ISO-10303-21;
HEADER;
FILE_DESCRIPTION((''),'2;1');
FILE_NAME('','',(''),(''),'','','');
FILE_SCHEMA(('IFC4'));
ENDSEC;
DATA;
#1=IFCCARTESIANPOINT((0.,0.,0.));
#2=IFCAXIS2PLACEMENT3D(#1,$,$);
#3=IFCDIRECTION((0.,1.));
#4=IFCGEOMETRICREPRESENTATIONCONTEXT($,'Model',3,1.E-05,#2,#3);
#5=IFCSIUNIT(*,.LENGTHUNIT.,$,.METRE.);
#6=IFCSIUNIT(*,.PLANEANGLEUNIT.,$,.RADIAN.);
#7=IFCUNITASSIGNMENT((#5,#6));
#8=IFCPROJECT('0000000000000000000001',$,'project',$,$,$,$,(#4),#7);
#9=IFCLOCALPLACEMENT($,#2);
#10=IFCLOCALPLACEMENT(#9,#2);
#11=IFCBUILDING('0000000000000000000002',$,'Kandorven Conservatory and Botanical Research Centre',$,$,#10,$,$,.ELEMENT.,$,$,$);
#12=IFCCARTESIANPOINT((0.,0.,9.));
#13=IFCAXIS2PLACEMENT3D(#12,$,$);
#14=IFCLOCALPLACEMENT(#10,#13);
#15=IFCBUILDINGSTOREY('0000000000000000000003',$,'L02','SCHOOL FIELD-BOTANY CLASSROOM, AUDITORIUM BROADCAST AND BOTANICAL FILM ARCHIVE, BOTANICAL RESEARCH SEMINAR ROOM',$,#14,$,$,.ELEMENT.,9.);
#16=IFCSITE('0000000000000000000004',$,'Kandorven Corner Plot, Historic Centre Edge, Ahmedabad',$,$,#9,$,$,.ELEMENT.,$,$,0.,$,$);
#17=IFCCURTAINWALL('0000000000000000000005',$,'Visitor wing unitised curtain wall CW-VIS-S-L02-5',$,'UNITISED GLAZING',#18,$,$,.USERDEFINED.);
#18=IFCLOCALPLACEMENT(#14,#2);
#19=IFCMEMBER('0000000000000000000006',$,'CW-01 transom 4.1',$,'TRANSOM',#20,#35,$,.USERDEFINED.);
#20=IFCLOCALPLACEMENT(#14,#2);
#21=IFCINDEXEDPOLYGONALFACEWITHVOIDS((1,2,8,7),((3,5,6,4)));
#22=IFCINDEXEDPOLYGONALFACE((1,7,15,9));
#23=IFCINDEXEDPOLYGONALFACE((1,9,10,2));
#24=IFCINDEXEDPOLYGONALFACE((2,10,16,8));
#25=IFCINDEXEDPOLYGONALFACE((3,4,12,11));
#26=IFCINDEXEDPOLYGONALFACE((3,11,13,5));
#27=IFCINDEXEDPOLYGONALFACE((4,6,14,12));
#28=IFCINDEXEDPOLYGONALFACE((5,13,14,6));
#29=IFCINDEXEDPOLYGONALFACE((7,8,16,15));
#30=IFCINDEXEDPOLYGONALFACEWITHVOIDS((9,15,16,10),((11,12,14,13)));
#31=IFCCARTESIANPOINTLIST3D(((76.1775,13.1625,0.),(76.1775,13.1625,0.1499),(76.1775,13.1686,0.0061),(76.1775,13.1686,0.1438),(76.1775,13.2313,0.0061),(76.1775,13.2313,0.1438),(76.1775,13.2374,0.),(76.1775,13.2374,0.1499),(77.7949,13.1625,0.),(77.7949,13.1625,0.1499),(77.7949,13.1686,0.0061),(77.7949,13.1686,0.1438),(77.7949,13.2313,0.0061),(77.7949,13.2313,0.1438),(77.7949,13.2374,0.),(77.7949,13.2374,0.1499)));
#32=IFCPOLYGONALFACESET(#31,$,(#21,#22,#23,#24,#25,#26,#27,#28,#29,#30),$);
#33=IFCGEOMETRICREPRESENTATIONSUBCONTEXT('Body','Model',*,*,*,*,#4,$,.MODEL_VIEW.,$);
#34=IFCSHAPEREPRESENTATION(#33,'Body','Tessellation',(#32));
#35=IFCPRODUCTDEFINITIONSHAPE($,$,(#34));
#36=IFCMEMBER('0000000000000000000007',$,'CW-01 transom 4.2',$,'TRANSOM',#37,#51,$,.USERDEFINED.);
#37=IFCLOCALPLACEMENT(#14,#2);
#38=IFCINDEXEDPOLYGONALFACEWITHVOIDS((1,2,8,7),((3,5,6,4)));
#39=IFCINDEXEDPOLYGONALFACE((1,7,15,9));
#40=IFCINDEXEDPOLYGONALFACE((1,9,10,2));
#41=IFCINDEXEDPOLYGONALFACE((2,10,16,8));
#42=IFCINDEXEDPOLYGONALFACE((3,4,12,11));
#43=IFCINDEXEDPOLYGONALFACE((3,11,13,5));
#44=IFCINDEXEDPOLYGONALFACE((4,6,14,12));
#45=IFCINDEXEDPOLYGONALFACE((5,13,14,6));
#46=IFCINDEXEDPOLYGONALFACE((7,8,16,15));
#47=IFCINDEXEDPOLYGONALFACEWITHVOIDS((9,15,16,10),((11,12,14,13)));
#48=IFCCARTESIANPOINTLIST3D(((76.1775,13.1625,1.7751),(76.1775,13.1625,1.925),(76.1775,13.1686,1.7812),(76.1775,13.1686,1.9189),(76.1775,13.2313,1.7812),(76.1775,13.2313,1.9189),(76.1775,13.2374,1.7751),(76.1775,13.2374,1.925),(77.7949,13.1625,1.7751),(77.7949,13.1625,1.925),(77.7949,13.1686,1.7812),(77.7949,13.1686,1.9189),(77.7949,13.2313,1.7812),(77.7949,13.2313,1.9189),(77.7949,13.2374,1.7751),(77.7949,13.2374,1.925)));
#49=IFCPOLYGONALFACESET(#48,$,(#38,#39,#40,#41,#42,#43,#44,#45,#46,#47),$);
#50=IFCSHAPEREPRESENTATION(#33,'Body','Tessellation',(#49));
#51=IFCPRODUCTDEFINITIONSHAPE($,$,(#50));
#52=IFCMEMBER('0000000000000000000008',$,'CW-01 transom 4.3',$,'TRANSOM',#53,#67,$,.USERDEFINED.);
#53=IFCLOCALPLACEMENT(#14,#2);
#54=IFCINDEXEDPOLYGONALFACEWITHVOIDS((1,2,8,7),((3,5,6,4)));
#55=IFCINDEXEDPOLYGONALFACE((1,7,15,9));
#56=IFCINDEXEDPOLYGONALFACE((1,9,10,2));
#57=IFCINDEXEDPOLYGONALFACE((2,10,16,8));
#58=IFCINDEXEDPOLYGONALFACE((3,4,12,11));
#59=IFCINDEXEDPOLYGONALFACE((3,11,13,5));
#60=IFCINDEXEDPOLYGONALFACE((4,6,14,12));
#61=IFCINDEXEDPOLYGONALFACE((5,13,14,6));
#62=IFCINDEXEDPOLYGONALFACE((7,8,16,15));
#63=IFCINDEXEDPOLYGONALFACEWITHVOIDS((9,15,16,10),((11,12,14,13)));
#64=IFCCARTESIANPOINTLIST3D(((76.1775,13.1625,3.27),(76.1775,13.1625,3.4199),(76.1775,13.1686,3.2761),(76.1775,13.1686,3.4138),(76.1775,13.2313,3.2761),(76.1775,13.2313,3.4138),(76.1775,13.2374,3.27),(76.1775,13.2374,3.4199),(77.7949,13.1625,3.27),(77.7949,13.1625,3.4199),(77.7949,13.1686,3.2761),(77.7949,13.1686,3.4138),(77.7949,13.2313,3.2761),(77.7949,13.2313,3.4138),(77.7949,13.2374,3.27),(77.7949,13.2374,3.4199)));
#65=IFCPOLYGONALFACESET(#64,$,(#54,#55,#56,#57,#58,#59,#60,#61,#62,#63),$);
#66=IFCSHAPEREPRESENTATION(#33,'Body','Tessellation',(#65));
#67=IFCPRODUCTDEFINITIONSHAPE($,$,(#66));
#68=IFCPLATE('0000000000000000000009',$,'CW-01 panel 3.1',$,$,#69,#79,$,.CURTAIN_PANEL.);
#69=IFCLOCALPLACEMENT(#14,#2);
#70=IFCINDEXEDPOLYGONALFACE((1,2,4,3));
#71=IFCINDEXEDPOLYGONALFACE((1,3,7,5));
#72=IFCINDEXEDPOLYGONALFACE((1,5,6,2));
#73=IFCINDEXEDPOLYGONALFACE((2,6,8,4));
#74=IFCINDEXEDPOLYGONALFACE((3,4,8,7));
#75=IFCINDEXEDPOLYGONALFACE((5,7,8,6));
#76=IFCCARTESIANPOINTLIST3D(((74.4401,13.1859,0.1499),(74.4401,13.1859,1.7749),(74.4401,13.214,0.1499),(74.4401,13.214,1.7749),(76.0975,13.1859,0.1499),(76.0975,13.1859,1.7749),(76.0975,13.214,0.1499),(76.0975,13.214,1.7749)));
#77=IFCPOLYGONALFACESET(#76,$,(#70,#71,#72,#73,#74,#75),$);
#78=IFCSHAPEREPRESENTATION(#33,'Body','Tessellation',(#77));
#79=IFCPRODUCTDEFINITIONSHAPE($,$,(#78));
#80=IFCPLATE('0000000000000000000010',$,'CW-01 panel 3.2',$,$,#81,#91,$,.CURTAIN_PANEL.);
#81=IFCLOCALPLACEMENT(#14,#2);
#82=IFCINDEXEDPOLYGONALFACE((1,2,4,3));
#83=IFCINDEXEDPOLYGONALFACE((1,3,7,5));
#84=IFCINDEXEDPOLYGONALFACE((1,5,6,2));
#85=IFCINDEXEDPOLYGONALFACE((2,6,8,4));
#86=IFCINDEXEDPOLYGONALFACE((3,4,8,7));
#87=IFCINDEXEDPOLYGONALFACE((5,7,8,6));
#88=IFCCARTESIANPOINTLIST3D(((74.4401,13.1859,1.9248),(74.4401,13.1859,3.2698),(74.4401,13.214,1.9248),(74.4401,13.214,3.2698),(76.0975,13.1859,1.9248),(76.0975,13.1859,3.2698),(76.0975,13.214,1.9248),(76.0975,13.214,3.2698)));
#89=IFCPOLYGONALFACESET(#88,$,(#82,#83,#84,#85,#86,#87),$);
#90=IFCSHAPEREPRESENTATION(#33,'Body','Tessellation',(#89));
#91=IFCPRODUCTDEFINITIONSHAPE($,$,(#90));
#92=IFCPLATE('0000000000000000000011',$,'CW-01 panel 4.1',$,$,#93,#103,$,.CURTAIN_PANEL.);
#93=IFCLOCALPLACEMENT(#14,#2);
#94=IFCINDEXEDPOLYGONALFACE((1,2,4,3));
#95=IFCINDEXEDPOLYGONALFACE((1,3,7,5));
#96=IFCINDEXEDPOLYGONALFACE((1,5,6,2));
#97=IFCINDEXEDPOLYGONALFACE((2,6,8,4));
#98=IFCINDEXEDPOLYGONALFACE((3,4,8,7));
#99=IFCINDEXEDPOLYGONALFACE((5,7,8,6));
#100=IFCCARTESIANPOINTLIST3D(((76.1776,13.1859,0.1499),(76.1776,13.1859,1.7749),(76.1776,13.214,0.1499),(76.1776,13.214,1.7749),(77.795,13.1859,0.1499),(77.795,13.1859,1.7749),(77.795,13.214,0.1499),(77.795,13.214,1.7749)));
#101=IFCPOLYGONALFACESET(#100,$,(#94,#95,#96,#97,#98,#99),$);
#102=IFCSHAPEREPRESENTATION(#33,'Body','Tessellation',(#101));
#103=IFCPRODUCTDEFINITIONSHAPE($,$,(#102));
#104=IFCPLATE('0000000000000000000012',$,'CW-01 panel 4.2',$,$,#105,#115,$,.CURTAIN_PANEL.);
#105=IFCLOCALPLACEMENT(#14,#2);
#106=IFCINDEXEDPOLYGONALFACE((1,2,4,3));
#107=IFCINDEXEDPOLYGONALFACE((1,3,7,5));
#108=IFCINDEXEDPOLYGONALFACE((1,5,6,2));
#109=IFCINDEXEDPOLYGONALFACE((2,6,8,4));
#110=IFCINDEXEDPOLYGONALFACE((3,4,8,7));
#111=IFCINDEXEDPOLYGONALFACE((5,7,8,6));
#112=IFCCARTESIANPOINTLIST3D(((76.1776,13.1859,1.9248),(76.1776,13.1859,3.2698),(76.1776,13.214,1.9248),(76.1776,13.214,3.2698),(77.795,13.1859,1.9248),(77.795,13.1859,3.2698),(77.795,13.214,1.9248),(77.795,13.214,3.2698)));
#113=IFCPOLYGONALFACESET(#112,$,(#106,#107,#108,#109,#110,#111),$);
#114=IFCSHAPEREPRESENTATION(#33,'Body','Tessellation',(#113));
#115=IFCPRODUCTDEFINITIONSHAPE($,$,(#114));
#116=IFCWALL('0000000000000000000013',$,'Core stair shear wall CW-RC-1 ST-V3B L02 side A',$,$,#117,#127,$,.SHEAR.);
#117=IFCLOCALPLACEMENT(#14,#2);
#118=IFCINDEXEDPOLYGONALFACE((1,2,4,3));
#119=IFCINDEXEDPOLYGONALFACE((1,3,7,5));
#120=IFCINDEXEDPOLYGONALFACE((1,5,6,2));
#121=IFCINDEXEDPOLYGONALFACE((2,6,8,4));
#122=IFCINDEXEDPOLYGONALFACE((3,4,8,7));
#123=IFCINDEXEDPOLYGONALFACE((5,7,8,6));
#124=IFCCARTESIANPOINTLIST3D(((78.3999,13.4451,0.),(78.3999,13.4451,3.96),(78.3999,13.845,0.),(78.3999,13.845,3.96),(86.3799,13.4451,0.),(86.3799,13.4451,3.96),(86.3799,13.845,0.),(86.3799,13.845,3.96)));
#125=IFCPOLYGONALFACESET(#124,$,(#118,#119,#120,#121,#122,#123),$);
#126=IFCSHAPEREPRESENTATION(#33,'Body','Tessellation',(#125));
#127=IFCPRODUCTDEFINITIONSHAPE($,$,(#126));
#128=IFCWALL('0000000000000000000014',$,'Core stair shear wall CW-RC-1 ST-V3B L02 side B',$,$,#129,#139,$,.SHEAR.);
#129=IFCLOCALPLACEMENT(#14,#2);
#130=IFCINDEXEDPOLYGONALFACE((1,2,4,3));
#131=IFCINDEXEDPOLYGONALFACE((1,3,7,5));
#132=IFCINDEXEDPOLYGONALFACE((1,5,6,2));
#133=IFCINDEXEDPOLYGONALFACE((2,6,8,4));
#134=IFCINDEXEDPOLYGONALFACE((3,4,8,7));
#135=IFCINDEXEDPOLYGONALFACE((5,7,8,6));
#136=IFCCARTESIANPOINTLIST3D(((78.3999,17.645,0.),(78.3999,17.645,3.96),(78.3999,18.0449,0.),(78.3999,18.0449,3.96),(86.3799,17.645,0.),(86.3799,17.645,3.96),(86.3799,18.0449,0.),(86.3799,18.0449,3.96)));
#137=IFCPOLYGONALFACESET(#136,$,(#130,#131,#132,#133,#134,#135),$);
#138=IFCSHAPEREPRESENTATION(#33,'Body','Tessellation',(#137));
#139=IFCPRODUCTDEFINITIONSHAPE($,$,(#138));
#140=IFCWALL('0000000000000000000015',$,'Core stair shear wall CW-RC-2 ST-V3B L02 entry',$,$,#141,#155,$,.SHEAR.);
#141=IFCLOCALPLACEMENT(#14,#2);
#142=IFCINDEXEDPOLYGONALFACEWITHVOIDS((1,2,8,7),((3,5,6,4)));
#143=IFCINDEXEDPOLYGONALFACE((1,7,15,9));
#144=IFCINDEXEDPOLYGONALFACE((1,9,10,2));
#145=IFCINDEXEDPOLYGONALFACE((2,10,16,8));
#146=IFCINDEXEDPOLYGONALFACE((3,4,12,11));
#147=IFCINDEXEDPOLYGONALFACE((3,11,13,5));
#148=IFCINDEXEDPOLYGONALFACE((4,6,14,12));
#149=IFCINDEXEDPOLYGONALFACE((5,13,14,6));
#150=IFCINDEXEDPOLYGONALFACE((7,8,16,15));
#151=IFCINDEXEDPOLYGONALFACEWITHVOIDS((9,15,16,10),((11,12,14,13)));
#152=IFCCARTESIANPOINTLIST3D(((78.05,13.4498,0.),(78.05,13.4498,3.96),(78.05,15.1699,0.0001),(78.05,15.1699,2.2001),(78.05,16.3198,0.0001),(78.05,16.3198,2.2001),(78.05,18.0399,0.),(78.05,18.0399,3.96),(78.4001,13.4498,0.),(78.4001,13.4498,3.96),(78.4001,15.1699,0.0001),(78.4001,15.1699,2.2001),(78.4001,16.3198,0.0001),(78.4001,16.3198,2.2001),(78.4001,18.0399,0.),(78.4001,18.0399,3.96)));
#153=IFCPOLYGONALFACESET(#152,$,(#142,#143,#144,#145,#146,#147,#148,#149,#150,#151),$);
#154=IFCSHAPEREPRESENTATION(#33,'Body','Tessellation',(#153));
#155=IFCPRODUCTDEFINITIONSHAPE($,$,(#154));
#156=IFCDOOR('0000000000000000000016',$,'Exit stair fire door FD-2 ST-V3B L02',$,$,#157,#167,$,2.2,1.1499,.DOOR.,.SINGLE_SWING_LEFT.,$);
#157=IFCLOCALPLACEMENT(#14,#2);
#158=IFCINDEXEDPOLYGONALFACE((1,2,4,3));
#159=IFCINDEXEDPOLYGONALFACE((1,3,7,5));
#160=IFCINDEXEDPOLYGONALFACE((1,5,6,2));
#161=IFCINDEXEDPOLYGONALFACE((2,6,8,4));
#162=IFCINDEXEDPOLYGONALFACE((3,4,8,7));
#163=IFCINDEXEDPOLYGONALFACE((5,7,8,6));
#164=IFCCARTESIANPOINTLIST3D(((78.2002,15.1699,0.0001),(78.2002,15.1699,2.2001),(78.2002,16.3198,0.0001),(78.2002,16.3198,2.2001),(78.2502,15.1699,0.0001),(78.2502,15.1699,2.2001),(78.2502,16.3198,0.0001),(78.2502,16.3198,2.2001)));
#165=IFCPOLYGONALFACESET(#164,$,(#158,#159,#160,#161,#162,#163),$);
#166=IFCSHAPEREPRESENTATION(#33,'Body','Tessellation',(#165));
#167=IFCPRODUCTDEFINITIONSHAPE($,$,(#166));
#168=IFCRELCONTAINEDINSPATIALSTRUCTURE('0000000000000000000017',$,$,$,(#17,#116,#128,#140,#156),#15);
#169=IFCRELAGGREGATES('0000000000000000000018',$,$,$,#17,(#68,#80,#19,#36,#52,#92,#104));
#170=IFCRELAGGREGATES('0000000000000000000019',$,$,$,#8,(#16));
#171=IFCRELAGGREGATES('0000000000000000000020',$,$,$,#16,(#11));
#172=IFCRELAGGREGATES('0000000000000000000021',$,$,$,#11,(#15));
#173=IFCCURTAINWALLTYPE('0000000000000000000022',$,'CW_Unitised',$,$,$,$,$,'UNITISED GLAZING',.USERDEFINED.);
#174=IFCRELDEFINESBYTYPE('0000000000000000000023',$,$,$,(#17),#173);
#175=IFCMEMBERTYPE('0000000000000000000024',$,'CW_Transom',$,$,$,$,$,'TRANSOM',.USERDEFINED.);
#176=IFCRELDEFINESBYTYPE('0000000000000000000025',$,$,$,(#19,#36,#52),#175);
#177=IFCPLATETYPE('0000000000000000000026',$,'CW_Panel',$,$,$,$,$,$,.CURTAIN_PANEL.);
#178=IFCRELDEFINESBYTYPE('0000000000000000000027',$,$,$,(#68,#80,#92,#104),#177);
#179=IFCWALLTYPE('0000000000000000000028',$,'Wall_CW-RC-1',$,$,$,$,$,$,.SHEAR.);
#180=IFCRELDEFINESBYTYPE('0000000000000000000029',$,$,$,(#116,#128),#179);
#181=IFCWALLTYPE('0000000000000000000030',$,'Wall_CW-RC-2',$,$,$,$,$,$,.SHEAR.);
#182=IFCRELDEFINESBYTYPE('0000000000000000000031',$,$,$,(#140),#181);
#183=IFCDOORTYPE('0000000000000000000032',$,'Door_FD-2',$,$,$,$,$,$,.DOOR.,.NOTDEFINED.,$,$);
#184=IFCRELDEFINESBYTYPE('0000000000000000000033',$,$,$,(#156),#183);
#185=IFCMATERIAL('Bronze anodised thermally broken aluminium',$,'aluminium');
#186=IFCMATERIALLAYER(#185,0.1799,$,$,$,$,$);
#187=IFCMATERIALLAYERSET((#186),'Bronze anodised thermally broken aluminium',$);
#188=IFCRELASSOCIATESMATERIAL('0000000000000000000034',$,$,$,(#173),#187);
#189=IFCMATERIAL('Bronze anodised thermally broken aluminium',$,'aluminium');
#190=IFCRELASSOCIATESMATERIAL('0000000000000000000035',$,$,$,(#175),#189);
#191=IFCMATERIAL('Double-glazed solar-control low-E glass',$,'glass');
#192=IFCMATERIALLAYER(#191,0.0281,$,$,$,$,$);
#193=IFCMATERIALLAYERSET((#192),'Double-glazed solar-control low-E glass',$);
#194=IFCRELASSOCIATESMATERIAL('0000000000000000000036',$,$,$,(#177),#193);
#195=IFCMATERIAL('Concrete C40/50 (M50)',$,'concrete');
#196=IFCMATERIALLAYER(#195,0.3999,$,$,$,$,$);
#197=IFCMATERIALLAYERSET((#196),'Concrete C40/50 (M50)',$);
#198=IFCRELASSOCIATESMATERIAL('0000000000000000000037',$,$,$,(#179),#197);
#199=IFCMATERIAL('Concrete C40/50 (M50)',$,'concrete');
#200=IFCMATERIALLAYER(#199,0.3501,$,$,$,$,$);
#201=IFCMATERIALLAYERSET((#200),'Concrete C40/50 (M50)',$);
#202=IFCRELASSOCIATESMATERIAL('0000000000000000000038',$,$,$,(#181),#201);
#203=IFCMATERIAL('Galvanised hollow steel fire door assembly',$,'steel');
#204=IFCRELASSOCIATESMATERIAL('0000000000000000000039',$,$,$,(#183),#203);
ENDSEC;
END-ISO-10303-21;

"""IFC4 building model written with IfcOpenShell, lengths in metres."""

from ifc_helpers import new_model, si_unit, direction, frame, frame_2d, origin, origin_2d, place, context, subcontext, project, spatial, rectangle, hollow_rectangle, extrude, material, layer, layer_set, material_profile, profile_set, type_object, element, fill, aggregate, save


model = new_model("IFC4")

# Units and contexts
model_context = context("Model", 3, precision=1e-05, world=origin(), true_north=direction((0.0, 1.0)))
body_context = subcontext(model_context, "Body", "Model", "MODEL_VIEW")
ifc_project = project(units=[si_unit("LENGTHUNIT", "METRE"), si_unit("PLANEANGLEUNIT", "RADIAN")], contexts=[model_context])

# Site, building, storey
site_placement = place(None, origin())
site = spatial("IfcSite", under=ifc_project, at=site_placement, Name="Kandorven Corner Plot, Historic Centre Edge, Ahmedabad", CompositionType="ELEMENT", RefElevation=0.0)
building_placement = place(site_placement, origin())
building = spatial("IfcBuilding", under=site, at=building_placement, Name="Kandorven Conservatory and Botanical Research Centre", CompositionType="ELEMENT")
storey_placement = place(building_placement, frame((0.0, 0.0, 9.0)))
storey = spatial("IfcBuildingStorey", under=building, at=storey_placement, Name="L02", Description="SCHOOL FIELD-BOTANY CLASSROOM, AUDITORIUM BROADCAST AND BOTANICAL FILM ARCHIVE, BOTANICAL RESEARCH SEMINAR ROOM", CompositionType="ELEMENT", Elevation=9.0)

# Curtain wall, members, plates
ifc_material_1 = material(Name="Bronze anodised thermally broken aluminium", Category="aluminium")
ifc_layer_1 = layer(ifc_material_1, 0.1799)
ifc_layer_set_1 = layer_set([ifc_layer_1], Name="Bronze anodised thermally broken aluminium")
curtain_wall_type = type_object("IfcCurtainWallType", Name="CW_Unitised", ElementType="UNITISED GLAZING", PredefinedType="USERDEFINED", material=ifc_layer_set_1)
curtain_wall_placement = place(storey_placement, origin())
curtain_wall = element("IfcCurtainWall", 1, at=curtain_wall_placement, inside=storey, type_object=curtain_wall_type, Name="Visitor wing unitised curtain wall CW-VIS-S-L02-5", ObjectType="UNITISED GLAZING", PredefinedType="USERDEFINED")
ifc_material_2 = material(Name="Bronze anodised thermally broken aluminium", Category="aluminium")
ifc_material_profile_1 = material_profile(ifc_material_2, hollow_rectangle(XDim=0.075, YDim=0.1499, WallThickness=0.0061, at=origin_2d()))
ifc_profile_set_1 = profile_set([ifc_material_profile_1], Name="Bronze anodised thermally broken aluminium")
member_type_1 = type_object("IfcMemberType", Name="CW_Transom", ElementType="TRANSOM", PredefinedType="USERDEFINED", material=ifc_profile_set_1)
member_1_placement = place(storey_placement, frame((76.1775, 13.2, 0.075), z_axis=(1.0, 0.0, 0.0), x_axis=(0.0, 1.0, 0.0)))
member_1 = element("IfcMember", 2, at=member_1_placement, type_object=member_type_1, Name="CW-01 transom 4.1", ObjectType="TRANSOM", PredefinedType="USERDEFINED", context=body_context, shape_type="SweptSolid", body=[
    extrude(hollow_rectangle(XDim=0.075, YDim=0.1499, WallThickness=0.0061, at=origin_2d()), origin(), (0.0, 0.0, 1.0), 1.6174),
])
member_2_placement = place(storey_placement, frame((76.1775, 13.2, 1.8501), z_axis=(1.0, 0.0, 0.0), x_axis=(0.0, 1.0, 0.0)))
member_2 = element("IfcMember", 3, at=member_2_placement, type_object=member_type_1, Name="CW-01 transom 4.2", ObjectType="TRANSOM", PredefinedType="USERDEFINED", context=body_context, shape_type="SweptSolid", body=[
    extrude(hollow_rectangle(XDim=0.075, YDim=0.1499, WallThickness=0.0061, at=origin_2d()), origin(), (0.0, 0.0, 1.0), 1.6174),
])
member_3_placement = place(storey_placement, frame((76.1775, 13.2, 3.345), z_axis=(1.0, 0.0, 0.0), x_axis=(0.0, 1.0, 0.0)))
member_3 = element("IfcMember", 4, at=member_3_placement, type_object=member_type_1, Name="CW-01 transom 4.3", ObjectType="TRANSOM", PredefinedType="USERDEFINED", context=body_context, shape_type="SweptSolid", body=[
    extrude(hollow_rectangle(XDim=0.075, YDim=0.1499, WallThickness=0.0061, at=origin_2d()), origin(), (0.0, 0.0, 1.0), 1.6174),
])
ifc_material_3 = material(Name="Double-glazed solar-control low-E glass", Category="glass")
ifc_layer_2 = layer(ifc_material_3, 0.0281)
ifc_layer_set_2 = layer_set([ifc_layer_2], Name="Double-glazed solar-control low-E glass")
plate_type = type_object("IfcPlateType", Name="CW_Panel", PredefinedType="CURTAIN_PANEL", material=ifc_layer_set_2)
plate_1_placement = place(storey_placement, frame((75.2688, 13.2, 0.1499), z_axis=(0.0, 0.0, 1.0), x_axis=(1.0, 0.0, 0.0)))
plate_1 = element("IfcPlate", 5, at=plate_1_placement, type_object=plate_type, Name="CW-01 panel 3.1", PredefinedType="CURTAIN_PANEL", context=body_context, shape_type="SweptSolid", body=[
    extrude(rectangle(XDim=1.6575, YDim=0.0281, at=origin_2d()), origin(), (0.0, 0.0, 1.0), 1.625),
])
plate_2_placement = place(storey_placement, frame((75.2688, 13.2, 1.9248), z_axis=(0.0, 0.0, 1.0), x_axis=(1.0, 0.0, 0.0)))
plate_2 = element("IfcPlate", 6, at=plate_2_placement, type_object=plate_type, Name="CW-01 panel 3.2", PredefinedType="CURTAIN_PANEL", context=body_context, shape_type="SweptSolid", body=[
    extrude(rectangle(XDim=1.6575, YDim=0.0281, at=origin_2d()), origin(), (0.0, 0.0, 1.0), 1.345),
])
plate_3_placement = place(storey_placement, frame((76.9863, 13.2, 0.1499), z_axis=(0.0, 0.0, 1.0), x_axis=(1.0, 0.0, 0.0)))
plate_3 = element("IfcPlate", 7, at=plate_3_placement, type_object=plate_type, Name="CW-01 panel 4.1", PredefinedType="CURTAIN_PANEL", context=body_context, shape_type="SweptSolid", body=[
    extrude(rectangle(XDim=1.6174, YDim=0.0281, at=origin_2d()), origin(), (0.0, 0.0, 1.0), 1.625),
])
plate_4_placement = place(storey_placement, frame((76.9863, 13.2, 1.9248), z_axis=(0.0, 0.0, 1.0), x_axis=(1.0, 0.0, 0.0)))
plate_4 = element("IfcPlate", 8, at=plate_4_placement, type_object=plate_type, Name="CW-01 panel 4.2", PredefinedType="CURTAIN_PANEL", context=body_context, shape_type="SweptSolid", body=[
    extrude(rectangle(XDim=1.6174, YDim=0.0281, at=origin_2d()), origin(), (0.0, 0.0, 1.0), 1.345),
])
aggregate(curtain_wall, [plate_1, plate_2, member_1, member_2, member_3, plate_3, plate_4])

# Walls
ifc_material_4 = material(Name="Concrete C40/50 (M50)", Category="concrete")
ifc_layer_3 = layer(ifc_material_4, 0.3999)
ifc_layer_set_3 = layer_set([ifc_layer_3], Name="Concrete C40/50 (M50)")
wall_type_1 = type_object("IfcWallType", Name="Wall_CW-RC-1", PredefinedType="SHEAR", material=ifc_layer_set_3)
for number, where, z_axis, x_axis, name in (
    (9, (78.3999, 13.645, 0.0), (0.0, 0.0, 1.0), (1.0, 0.0, 0.0), "Core stair shear wall CW-RC-1 ST-V3B L02 side A"),
    (10, (78.3999, 17.845, 0.0), (0.0, 0.0, 1.0), (1.0, 0.0, 0.0), "Core stair shear wall CW-RC-1 ST-V3B L02 side B"),
):
    element("IfcWall", number, at=place(storey_placement, frame(where, z_axis=z_axis, x_axis=x_axis)), inside=storey, type_object=wall_type_1, Name=name, PredefinedType="SHEAR", context=body_context, shape_type="SweptSolid", body=[
        extrude(rectangle(XDim=7.98, YDim=0.3999, at=frame_2d((3.99, 0.0))), origin(), (0.0, 0.0, 1.0), 3.96),
    ])

# Wall, opening, door
ifc_material_5 = material(Name="Concrete C40/50 (M50)", Category="concrete")
ifc_layer_4 = layer(ifc_material_5, 0.3501)
ifc_layer_set_4 = layer_set([ifc_layer_4], Name="Concrete C40/50 (M50)")
wall_type_2 = type_object("IfcWallType", Name="Wall_CW-RC-2", PredefinedType="SHEAR", material=ifc_layer_set_4)
wall_1_placement = place(storey_placement, frame((78.2251, 13.45, 0.0), z_axis=(0.0, 0.0, 1.0), x_axis=(0.0, 1.0, 0.0)))
wall_1 = element("IfcWall", 11, at=wall_1_placement, inside=storey, type_object=wall_type_2, Name="Core stair shear wall CW-RC-2 ST-V3B L02 entry", PredefinedType="SHEAR", context=body_context, shape_type="SweptSolid", body=[
    extrude(rectangle(XDim=4.5901, YDim=0.3501, at=frame_2d((2.2949, 0.0))), origin(), (0.0, 0.0, 1.0), 3.96),
])
opening_1_placement = place(wall_1_placement, frame((1.72, 0.0, 0.0)))
opening_1 = element("IfcOpeningElement", 12, at=opening_1_placement, cuts=wall_1, PredefinedType="OPENING", context=body_context, shape_type="SweptSolid", body=[
    extrude(rectangle(XDim=1.1499, YDim=2.2, at=frame_2d((0.575, 1.1001))), frame((0.0, 0.1851, 0.0), z_axis=(0.0, -1.0, 0.0), x_axis=(1.0, 0.0, 0.0)), (0.0, 0.0, 1.0), 0.3701),
])
ifc_material_6 = material(Name="Galvanised hollow steel fire door assembly", Category="steel")
door_type = type_object("IfcDoorType", Name="Door_FD-2", OperationType="NOTDEFINED", PredefinedType="DOOR", material=ifc_material_6)
door_placement = place(opening_1_placement, origin())
door = element("IfcDoor", 13, at=door_placement, inside=storey, type_object=door_type, Name="Exit stair fire door FD-2 ST-V3B L02", OperationType="SINGLE_SWING_LEFT", OverallHeight=2.2, OverallWidth=1.1499, PredefinedType="DOOR", context=body_context, shape_type="SweptSolid", body=[
    extrude(rectangle(XDim=1.1499, YDim=2.2, at=frame_2d((0.575, 1.1001))), frame((0.0, 0.0249, 0.0), z_axis=(0.0, -1.0, 0.0), x_axis=(1.0, 0.0, 0.0)), (0.0, 0.0, 1.0), 0.05),
])
fill(opening_1, door)

save(model, "model.ifc")
